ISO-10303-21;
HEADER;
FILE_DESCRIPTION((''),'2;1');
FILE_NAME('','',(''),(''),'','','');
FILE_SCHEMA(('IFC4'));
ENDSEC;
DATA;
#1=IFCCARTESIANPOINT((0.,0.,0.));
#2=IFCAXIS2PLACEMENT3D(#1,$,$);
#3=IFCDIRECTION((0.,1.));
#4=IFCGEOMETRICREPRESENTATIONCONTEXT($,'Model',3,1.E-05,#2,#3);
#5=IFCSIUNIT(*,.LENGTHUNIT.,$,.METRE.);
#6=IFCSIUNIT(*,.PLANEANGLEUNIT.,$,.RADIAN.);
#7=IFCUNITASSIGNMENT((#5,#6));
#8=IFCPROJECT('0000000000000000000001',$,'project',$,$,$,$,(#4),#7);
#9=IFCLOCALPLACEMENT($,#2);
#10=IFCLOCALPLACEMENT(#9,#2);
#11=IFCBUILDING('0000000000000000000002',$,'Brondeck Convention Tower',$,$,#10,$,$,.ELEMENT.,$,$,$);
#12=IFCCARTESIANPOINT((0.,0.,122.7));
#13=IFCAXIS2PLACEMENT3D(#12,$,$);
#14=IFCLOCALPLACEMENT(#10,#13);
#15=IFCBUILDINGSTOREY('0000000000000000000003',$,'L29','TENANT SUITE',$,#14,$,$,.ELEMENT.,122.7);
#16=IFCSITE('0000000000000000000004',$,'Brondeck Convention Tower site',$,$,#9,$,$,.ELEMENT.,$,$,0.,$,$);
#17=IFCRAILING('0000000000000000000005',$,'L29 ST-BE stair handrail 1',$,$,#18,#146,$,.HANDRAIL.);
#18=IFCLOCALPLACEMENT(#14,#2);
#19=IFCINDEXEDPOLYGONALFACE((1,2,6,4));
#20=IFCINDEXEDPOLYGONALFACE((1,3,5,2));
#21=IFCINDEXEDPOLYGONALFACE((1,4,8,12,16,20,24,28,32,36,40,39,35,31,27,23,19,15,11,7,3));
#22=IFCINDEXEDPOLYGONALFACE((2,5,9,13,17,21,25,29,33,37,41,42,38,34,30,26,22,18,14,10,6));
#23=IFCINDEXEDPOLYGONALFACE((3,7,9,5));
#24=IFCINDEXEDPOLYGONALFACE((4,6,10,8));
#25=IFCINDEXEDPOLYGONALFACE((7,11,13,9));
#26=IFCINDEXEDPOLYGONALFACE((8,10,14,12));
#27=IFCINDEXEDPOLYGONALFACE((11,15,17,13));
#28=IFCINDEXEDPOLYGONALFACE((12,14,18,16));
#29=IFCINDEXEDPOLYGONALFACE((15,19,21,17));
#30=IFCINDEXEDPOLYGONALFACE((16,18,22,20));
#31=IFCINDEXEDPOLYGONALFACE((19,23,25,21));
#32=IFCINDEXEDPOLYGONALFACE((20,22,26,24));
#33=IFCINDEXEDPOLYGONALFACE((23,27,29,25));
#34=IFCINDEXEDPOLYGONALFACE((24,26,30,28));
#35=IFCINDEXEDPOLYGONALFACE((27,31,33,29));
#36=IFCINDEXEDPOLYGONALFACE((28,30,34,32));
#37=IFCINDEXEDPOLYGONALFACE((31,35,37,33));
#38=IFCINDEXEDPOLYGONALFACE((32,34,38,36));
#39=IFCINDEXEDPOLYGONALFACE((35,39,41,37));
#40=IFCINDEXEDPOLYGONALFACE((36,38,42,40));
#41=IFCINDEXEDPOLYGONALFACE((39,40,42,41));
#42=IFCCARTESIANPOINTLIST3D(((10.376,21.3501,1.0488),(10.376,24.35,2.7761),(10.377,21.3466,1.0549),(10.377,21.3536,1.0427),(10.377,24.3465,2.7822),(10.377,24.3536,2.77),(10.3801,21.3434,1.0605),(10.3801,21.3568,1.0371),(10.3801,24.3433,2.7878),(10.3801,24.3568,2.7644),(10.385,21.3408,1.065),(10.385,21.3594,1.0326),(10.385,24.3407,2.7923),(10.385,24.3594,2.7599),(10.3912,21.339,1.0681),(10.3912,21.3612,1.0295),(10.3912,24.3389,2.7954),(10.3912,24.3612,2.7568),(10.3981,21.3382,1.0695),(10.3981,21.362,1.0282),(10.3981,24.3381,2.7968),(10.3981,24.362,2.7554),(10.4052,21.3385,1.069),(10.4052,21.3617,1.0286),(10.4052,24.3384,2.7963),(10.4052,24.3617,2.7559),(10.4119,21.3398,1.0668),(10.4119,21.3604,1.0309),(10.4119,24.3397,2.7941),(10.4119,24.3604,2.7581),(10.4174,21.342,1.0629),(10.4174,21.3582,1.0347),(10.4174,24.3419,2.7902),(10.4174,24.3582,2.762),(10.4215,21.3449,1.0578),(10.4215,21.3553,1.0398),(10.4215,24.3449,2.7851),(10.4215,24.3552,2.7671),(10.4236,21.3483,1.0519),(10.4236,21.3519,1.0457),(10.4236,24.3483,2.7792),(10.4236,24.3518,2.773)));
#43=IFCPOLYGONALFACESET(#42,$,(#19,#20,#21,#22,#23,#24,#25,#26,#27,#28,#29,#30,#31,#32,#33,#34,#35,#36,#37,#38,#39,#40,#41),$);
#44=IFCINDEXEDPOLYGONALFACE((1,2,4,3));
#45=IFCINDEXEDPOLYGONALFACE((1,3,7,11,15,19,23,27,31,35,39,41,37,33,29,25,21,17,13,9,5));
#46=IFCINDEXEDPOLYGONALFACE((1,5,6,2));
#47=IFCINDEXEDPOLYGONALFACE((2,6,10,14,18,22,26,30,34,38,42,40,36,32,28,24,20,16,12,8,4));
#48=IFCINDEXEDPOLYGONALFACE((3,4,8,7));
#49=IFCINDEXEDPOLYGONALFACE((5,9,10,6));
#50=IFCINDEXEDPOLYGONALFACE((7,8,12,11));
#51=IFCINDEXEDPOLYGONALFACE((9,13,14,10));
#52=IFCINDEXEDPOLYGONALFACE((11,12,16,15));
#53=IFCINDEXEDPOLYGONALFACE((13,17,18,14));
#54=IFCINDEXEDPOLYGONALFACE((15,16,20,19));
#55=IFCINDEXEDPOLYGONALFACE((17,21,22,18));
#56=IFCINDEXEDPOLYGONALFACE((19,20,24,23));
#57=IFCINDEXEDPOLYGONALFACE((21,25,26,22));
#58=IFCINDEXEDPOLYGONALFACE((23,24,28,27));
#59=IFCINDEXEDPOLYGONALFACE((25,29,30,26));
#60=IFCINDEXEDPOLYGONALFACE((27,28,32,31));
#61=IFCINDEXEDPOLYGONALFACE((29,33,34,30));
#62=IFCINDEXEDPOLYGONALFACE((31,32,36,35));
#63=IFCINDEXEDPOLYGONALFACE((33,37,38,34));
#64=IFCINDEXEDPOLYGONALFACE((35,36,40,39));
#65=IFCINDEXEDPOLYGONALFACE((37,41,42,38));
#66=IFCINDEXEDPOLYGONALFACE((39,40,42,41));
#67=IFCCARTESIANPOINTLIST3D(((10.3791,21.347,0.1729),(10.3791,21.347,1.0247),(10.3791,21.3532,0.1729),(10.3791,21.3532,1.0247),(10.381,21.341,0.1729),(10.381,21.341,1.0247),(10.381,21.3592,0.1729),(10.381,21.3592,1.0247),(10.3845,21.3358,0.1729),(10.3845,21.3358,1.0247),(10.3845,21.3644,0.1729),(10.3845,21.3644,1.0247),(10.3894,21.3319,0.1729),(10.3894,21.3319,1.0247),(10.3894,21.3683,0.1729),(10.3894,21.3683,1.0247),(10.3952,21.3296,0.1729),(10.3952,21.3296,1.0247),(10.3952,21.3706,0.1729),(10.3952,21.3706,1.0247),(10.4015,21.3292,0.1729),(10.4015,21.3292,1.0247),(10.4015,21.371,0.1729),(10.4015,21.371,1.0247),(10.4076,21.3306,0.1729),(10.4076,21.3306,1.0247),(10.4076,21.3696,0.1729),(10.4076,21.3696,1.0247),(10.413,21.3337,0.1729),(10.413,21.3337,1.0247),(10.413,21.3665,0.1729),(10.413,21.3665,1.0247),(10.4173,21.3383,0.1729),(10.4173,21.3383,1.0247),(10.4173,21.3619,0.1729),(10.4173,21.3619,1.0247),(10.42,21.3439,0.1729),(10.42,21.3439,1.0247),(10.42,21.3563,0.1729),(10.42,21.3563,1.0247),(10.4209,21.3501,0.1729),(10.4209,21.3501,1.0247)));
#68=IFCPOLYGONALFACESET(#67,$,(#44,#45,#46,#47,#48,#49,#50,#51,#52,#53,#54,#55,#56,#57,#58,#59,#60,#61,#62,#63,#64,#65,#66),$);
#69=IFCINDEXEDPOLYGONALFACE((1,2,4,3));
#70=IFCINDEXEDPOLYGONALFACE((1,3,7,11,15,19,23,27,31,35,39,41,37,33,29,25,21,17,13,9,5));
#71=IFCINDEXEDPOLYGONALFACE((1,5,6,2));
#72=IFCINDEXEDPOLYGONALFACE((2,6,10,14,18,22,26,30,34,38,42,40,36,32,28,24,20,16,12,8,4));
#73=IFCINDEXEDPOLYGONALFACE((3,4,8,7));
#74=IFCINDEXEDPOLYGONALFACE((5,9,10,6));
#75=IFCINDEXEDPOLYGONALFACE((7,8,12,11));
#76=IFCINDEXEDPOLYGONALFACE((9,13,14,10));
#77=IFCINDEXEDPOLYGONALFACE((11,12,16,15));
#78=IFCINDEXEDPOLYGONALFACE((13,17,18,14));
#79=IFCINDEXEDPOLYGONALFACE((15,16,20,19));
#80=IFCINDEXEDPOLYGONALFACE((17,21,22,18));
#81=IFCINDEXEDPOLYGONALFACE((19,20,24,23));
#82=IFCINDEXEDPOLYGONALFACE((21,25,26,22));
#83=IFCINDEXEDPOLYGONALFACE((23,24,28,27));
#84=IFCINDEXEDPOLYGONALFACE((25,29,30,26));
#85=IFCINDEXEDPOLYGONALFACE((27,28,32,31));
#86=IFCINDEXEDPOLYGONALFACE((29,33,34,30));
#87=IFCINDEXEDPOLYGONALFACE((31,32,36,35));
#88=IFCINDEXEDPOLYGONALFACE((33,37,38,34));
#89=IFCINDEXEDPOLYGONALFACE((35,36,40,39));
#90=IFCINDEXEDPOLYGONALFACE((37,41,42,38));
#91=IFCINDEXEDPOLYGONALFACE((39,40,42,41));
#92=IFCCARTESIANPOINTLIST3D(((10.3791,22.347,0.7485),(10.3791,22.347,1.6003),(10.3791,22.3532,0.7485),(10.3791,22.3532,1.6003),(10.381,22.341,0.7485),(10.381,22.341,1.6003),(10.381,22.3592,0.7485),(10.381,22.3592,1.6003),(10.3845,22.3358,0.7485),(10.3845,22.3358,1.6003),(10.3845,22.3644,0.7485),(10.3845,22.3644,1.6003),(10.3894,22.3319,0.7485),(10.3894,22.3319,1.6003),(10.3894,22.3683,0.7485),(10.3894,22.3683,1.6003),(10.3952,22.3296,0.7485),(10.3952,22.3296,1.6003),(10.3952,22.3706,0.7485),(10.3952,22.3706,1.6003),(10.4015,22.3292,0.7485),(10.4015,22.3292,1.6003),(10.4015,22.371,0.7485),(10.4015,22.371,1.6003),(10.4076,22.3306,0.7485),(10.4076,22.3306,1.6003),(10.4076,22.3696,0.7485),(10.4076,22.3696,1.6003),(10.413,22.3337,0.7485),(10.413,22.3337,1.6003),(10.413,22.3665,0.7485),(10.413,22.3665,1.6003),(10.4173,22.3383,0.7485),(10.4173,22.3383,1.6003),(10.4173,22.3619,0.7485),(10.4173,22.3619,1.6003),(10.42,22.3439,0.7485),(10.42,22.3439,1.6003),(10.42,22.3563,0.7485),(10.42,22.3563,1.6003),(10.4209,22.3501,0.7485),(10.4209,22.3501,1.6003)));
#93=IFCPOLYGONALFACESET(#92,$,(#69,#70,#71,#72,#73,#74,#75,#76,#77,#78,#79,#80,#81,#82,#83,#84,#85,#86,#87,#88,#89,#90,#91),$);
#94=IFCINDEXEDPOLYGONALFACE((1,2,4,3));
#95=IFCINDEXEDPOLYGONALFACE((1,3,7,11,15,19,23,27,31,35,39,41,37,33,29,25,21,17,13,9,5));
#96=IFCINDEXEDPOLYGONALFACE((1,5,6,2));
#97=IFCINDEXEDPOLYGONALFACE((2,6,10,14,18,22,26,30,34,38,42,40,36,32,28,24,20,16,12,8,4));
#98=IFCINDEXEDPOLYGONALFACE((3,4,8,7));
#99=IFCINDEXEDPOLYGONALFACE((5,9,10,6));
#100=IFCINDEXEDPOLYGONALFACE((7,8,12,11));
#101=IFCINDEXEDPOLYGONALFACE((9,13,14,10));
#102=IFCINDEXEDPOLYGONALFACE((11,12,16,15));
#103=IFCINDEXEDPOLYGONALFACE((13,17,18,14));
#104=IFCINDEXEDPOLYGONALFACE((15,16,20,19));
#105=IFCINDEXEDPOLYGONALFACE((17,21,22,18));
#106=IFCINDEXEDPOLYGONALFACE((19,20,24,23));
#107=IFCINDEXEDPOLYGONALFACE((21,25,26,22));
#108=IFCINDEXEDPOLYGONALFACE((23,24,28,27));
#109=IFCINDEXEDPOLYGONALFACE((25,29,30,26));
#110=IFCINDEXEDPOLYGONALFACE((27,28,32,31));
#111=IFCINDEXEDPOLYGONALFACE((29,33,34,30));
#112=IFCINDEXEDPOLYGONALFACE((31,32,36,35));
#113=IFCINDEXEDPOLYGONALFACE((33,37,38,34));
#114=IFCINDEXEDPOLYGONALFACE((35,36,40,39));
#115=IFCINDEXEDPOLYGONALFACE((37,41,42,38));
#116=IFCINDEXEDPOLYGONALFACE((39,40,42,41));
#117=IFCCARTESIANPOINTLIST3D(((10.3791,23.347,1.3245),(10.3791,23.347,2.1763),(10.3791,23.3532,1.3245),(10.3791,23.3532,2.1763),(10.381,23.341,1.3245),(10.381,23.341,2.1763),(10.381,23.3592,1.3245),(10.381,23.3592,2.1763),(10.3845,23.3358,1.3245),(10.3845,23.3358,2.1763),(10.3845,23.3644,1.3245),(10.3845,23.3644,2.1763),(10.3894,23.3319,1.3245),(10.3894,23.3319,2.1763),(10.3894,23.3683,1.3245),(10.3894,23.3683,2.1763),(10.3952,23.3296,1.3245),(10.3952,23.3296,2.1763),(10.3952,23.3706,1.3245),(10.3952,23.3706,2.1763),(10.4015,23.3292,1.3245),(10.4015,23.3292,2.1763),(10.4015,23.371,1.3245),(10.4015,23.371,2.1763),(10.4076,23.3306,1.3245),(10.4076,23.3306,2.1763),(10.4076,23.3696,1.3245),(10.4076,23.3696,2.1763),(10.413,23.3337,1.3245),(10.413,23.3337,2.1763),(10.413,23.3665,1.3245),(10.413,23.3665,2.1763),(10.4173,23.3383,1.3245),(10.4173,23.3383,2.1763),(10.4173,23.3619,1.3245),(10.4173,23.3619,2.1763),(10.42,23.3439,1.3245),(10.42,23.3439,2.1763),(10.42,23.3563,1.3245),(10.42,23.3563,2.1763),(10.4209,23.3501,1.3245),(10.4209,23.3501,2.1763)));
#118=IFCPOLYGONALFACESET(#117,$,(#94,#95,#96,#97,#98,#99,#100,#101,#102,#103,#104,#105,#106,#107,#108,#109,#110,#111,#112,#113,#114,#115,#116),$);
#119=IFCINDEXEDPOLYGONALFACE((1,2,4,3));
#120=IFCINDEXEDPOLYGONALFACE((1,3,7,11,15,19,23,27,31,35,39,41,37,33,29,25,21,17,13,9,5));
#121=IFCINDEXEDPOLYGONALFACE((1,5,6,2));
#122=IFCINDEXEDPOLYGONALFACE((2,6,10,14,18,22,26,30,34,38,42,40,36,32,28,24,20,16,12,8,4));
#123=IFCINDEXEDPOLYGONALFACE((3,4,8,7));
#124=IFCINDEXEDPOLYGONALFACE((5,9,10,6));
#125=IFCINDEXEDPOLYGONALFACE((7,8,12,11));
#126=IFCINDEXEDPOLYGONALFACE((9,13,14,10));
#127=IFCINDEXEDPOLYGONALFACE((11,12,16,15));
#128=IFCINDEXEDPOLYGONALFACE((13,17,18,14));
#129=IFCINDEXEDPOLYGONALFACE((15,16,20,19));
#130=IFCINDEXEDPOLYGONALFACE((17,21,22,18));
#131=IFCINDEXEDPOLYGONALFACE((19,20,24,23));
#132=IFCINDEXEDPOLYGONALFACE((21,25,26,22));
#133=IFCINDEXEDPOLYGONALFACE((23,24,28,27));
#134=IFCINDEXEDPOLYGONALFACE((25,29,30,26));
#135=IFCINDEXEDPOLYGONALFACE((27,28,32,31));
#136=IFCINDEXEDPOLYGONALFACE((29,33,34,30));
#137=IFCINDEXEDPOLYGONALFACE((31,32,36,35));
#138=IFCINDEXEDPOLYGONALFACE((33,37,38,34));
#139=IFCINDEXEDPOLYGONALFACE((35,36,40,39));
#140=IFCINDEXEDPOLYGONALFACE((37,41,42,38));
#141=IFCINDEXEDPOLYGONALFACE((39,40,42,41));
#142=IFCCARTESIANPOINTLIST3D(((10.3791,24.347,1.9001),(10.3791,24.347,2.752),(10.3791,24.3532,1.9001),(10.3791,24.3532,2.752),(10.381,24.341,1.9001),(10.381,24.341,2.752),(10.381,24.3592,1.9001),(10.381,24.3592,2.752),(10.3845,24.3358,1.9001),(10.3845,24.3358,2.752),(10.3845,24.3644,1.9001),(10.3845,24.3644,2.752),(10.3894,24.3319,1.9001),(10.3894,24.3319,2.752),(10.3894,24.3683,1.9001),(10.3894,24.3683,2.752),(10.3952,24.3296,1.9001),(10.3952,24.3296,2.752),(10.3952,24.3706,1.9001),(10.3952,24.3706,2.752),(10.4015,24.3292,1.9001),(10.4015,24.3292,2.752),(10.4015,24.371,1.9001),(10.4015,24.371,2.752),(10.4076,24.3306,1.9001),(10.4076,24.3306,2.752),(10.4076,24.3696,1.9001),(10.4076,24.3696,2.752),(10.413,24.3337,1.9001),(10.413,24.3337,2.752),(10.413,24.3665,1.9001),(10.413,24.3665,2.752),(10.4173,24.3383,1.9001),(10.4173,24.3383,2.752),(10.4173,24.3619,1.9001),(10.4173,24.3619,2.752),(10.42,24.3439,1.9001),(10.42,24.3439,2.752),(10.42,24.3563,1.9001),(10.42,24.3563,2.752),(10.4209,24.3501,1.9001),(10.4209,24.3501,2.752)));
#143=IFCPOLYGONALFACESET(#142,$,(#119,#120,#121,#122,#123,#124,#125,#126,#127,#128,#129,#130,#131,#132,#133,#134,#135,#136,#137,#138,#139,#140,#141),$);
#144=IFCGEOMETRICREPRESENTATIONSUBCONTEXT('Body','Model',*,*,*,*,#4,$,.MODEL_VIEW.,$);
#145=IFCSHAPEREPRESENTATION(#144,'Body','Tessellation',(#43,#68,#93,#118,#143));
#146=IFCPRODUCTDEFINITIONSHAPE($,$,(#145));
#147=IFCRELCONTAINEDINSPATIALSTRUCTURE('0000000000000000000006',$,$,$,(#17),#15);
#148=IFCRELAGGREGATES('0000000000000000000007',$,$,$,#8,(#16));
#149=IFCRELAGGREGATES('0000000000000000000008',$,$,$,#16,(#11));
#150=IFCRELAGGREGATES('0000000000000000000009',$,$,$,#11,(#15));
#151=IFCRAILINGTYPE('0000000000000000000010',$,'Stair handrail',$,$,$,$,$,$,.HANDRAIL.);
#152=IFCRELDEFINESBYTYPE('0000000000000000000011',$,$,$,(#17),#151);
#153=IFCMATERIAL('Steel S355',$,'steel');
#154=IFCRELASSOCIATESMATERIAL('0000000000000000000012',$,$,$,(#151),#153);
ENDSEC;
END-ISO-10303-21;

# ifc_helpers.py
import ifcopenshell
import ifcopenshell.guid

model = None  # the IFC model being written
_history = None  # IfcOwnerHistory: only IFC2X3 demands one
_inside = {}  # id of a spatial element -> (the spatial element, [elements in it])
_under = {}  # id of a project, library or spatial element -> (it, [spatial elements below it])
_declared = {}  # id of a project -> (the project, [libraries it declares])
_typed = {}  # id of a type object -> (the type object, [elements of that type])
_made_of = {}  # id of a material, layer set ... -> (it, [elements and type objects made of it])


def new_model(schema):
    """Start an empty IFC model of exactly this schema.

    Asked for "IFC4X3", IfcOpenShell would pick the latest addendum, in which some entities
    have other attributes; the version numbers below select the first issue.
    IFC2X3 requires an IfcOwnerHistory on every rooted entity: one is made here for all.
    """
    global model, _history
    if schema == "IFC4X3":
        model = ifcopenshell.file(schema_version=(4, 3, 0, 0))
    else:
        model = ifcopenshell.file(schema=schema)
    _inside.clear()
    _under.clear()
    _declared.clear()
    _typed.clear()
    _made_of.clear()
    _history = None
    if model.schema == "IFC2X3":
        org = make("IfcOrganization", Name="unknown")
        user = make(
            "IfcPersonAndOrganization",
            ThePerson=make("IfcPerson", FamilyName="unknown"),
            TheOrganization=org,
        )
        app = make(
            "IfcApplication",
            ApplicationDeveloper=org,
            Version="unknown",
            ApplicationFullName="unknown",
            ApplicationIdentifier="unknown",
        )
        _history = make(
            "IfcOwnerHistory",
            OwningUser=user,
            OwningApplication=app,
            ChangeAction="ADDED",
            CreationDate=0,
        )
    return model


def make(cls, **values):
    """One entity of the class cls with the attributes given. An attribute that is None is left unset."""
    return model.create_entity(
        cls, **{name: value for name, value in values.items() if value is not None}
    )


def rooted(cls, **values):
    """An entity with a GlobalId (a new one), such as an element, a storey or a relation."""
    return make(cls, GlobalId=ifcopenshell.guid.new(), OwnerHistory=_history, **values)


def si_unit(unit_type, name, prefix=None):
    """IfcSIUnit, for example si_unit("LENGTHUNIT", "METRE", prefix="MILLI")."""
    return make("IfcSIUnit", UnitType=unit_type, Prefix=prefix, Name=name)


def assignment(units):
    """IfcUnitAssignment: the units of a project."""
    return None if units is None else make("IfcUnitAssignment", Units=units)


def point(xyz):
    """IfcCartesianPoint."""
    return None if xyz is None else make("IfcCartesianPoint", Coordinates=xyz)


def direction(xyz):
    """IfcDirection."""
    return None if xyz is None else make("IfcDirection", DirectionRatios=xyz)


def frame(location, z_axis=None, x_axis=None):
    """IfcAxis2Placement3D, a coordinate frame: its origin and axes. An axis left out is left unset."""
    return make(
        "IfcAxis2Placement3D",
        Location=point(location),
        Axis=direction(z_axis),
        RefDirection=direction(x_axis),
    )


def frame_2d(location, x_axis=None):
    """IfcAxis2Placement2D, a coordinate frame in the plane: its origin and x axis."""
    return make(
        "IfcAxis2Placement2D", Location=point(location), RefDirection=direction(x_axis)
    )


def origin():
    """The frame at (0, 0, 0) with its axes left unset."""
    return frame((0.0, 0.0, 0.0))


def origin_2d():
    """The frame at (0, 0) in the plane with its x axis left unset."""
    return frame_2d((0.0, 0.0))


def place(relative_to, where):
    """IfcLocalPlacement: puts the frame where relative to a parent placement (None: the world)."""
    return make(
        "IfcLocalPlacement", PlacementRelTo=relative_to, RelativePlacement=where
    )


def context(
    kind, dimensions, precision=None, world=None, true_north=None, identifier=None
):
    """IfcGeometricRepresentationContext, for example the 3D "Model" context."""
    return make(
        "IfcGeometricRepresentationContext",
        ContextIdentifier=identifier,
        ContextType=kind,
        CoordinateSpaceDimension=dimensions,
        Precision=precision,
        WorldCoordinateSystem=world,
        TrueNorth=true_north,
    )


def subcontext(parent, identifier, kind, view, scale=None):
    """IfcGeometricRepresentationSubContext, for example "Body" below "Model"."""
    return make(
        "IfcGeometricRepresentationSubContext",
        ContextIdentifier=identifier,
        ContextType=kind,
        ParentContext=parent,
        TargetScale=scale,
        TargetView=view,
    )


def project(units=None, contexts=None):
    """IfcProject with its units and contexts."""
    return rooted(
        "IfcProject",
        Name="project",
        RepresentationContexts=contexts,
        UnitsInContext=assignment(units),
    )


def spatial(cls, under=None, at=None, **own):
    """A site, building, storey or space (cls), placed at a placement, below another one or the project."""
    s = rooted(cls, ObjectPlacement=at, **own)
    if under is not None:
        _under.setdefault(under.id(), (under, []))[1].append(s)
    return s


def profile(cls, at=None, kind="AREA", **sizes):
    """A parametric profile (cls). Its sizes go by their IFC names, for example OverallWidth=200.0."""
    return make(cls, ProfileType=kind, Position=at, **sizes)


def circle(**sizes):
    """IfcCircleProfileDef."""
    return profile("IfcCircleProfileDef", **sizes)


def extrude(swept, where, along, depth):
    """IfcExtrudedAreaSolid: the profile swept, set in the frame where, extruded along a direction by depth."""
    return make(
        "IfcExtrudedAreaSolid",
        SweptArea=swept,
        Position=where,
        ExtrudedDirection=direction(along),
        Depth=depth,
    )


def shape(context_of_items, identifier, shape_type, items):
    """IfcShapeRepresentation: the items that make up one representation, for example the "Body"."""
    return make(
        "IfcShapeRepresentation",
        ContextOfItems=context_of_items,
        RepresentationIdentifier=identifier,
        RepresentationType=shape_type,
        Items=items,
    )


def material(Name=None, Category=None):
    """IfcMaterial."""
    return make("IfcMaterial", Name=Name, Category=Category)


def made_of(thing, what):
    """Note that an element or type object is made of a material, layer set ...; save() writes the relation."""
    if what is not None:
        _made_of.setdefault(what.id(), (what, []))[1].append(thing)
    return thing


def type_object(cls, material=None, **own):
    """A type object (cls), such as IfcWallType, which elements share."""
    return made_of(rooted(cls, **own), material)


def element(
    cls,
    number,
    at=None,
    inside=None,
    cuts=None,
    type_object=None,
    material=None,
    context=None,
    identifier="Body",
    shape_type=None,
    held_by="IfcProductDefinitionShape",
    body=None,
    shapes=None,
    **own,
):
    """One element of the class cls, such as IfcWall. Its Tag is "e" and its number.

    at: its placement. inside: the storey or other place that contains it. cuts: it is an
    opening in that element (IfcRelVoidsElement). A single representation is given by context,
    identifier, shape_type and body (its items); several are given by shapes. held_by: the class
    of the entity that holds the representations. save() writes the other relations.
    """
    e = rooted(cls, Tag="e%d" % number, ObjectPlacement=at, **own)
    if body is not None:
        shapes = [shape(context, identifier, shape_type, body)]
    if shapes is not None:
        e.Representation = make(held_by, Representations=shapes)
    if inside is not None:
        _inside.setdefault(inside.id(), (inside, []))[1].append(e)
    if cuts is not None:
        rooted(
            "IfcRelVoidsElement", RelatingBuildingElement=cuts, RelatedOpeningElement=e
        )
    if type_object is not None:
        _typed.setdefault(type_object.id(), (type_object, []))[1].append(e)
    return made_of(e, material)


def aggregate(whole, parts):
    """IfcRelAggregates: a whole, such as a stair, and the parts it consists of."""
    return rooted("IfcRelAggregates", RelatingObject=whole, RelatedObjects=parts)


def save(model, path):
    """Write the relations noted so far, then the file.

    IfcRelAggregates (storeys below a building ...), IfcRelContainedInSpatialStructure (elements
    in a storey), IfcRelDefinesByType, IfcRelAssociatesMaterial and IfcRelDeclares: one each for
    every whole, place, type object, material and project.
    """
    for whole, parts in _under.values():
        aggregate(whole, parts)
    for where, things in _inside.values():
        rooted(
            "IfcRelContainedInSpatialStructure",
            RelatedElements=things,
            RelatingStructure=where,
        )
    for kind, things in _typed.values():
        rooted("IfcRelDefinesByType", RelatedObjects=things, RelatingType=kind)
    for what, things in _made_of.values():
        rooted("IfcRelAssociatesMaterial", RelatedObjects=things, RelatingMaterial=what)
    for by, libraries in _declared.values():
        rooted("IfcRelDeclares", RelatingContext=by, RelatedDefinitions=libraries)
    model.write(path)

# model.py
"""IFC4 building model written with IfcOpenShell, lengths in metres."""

from ifc_helpers import new_model, si_unit, direction, frame, origin, origin_2d, place, context, subcontext, project, spatial, circle, extrude, material, type_object, element, save


model = new_model("IFC4")

# Units and contexts
model_context = context("Model", 3, precision=1e-05, world=origin(), true_north=direction((0.0, 1.0)))
body_context = subcontext(model_context, "Body", "Model", "MODEL_VIEW")
ifc_project = project(units=[si_unit("LENGTHUNIT", "METRE"), si_unit("PLANEANGLEUNIT", "RADIAN")], contexts=[model_context])

# Site, building, storey
site_placement = place(None, origin())
site = spatial("IfcSite", under=ifc_project, at=site_placement, Name="Brondeck Convention Tower site", CompositionType="ELEMENT", RefElevation=0.0)
building_placement = place(site_placement, origin())
building = spatial("IfcBuilding", under=site, at=building_placement, Name="Brondeck Convention Tower", CompositionType="ELEMENT")
storey_placement = place(building_placement, frame((0.0, 0.0, 122.7)))
storey = spatial("IfcBuildingStorey", under=building, at=storey_placement, Name="L29", Description="TENANT SUITE", CompositionType="ELEMENT", Elevation=122.7)

# Shared definitions
ifc_material_1 = material(Name="Steel S355", Category="steel")

# Railing
railing_type_1 = type_object("IfcRailingType", Name="Stair handrail", PredefinedType="HANDRAIL", material=ifc_material_1)
railing_1_placement = place(storey_placement, frame((10.3999, 21.3501, 0.1729)))
element("IfcRailing", 1, at=railing_1_placement, inside=storey, type_object=railing_type_1, Name="L29 ST-BE stair handrail 1", PredefinedType="HANDRAIL", context=body_context, shape_type="SweptSolid", body=[
    extrude(circle(Radius=0.0239, at=origin_2d()), frame((0.0, 0.0, 0.876), z_axis=(0.0, 0.86662, 0.498969), x_axis=(-1.0, 0.0, 0.0)), (0.0, 0.0, 1.0), 3.4617),
    extrude(circle(Radius=0.021, at=origin_2d()), origin(), (0.0, 0.0, 1.0), 0.8518),
    extrude(circle(Radius=0.021, at=origin_2d()), frame((0.0, 1.0, 0.5757)), (0.0, 0.0, 1.0), 0.8518),
    extrude(circle(Radius=0.021, at=origin_2d()), frame((0.0, 2.0, 1.1516)), (0.0, 0.0, 1.0), 0.8518),
    extrude(circle(Radius=0.021, at=origin_2d()), frame((0.0, 3.0, 1.7273)), (0.0, 0.0, 1.0), 0.8518),
])

save(model, "model.ifc")
